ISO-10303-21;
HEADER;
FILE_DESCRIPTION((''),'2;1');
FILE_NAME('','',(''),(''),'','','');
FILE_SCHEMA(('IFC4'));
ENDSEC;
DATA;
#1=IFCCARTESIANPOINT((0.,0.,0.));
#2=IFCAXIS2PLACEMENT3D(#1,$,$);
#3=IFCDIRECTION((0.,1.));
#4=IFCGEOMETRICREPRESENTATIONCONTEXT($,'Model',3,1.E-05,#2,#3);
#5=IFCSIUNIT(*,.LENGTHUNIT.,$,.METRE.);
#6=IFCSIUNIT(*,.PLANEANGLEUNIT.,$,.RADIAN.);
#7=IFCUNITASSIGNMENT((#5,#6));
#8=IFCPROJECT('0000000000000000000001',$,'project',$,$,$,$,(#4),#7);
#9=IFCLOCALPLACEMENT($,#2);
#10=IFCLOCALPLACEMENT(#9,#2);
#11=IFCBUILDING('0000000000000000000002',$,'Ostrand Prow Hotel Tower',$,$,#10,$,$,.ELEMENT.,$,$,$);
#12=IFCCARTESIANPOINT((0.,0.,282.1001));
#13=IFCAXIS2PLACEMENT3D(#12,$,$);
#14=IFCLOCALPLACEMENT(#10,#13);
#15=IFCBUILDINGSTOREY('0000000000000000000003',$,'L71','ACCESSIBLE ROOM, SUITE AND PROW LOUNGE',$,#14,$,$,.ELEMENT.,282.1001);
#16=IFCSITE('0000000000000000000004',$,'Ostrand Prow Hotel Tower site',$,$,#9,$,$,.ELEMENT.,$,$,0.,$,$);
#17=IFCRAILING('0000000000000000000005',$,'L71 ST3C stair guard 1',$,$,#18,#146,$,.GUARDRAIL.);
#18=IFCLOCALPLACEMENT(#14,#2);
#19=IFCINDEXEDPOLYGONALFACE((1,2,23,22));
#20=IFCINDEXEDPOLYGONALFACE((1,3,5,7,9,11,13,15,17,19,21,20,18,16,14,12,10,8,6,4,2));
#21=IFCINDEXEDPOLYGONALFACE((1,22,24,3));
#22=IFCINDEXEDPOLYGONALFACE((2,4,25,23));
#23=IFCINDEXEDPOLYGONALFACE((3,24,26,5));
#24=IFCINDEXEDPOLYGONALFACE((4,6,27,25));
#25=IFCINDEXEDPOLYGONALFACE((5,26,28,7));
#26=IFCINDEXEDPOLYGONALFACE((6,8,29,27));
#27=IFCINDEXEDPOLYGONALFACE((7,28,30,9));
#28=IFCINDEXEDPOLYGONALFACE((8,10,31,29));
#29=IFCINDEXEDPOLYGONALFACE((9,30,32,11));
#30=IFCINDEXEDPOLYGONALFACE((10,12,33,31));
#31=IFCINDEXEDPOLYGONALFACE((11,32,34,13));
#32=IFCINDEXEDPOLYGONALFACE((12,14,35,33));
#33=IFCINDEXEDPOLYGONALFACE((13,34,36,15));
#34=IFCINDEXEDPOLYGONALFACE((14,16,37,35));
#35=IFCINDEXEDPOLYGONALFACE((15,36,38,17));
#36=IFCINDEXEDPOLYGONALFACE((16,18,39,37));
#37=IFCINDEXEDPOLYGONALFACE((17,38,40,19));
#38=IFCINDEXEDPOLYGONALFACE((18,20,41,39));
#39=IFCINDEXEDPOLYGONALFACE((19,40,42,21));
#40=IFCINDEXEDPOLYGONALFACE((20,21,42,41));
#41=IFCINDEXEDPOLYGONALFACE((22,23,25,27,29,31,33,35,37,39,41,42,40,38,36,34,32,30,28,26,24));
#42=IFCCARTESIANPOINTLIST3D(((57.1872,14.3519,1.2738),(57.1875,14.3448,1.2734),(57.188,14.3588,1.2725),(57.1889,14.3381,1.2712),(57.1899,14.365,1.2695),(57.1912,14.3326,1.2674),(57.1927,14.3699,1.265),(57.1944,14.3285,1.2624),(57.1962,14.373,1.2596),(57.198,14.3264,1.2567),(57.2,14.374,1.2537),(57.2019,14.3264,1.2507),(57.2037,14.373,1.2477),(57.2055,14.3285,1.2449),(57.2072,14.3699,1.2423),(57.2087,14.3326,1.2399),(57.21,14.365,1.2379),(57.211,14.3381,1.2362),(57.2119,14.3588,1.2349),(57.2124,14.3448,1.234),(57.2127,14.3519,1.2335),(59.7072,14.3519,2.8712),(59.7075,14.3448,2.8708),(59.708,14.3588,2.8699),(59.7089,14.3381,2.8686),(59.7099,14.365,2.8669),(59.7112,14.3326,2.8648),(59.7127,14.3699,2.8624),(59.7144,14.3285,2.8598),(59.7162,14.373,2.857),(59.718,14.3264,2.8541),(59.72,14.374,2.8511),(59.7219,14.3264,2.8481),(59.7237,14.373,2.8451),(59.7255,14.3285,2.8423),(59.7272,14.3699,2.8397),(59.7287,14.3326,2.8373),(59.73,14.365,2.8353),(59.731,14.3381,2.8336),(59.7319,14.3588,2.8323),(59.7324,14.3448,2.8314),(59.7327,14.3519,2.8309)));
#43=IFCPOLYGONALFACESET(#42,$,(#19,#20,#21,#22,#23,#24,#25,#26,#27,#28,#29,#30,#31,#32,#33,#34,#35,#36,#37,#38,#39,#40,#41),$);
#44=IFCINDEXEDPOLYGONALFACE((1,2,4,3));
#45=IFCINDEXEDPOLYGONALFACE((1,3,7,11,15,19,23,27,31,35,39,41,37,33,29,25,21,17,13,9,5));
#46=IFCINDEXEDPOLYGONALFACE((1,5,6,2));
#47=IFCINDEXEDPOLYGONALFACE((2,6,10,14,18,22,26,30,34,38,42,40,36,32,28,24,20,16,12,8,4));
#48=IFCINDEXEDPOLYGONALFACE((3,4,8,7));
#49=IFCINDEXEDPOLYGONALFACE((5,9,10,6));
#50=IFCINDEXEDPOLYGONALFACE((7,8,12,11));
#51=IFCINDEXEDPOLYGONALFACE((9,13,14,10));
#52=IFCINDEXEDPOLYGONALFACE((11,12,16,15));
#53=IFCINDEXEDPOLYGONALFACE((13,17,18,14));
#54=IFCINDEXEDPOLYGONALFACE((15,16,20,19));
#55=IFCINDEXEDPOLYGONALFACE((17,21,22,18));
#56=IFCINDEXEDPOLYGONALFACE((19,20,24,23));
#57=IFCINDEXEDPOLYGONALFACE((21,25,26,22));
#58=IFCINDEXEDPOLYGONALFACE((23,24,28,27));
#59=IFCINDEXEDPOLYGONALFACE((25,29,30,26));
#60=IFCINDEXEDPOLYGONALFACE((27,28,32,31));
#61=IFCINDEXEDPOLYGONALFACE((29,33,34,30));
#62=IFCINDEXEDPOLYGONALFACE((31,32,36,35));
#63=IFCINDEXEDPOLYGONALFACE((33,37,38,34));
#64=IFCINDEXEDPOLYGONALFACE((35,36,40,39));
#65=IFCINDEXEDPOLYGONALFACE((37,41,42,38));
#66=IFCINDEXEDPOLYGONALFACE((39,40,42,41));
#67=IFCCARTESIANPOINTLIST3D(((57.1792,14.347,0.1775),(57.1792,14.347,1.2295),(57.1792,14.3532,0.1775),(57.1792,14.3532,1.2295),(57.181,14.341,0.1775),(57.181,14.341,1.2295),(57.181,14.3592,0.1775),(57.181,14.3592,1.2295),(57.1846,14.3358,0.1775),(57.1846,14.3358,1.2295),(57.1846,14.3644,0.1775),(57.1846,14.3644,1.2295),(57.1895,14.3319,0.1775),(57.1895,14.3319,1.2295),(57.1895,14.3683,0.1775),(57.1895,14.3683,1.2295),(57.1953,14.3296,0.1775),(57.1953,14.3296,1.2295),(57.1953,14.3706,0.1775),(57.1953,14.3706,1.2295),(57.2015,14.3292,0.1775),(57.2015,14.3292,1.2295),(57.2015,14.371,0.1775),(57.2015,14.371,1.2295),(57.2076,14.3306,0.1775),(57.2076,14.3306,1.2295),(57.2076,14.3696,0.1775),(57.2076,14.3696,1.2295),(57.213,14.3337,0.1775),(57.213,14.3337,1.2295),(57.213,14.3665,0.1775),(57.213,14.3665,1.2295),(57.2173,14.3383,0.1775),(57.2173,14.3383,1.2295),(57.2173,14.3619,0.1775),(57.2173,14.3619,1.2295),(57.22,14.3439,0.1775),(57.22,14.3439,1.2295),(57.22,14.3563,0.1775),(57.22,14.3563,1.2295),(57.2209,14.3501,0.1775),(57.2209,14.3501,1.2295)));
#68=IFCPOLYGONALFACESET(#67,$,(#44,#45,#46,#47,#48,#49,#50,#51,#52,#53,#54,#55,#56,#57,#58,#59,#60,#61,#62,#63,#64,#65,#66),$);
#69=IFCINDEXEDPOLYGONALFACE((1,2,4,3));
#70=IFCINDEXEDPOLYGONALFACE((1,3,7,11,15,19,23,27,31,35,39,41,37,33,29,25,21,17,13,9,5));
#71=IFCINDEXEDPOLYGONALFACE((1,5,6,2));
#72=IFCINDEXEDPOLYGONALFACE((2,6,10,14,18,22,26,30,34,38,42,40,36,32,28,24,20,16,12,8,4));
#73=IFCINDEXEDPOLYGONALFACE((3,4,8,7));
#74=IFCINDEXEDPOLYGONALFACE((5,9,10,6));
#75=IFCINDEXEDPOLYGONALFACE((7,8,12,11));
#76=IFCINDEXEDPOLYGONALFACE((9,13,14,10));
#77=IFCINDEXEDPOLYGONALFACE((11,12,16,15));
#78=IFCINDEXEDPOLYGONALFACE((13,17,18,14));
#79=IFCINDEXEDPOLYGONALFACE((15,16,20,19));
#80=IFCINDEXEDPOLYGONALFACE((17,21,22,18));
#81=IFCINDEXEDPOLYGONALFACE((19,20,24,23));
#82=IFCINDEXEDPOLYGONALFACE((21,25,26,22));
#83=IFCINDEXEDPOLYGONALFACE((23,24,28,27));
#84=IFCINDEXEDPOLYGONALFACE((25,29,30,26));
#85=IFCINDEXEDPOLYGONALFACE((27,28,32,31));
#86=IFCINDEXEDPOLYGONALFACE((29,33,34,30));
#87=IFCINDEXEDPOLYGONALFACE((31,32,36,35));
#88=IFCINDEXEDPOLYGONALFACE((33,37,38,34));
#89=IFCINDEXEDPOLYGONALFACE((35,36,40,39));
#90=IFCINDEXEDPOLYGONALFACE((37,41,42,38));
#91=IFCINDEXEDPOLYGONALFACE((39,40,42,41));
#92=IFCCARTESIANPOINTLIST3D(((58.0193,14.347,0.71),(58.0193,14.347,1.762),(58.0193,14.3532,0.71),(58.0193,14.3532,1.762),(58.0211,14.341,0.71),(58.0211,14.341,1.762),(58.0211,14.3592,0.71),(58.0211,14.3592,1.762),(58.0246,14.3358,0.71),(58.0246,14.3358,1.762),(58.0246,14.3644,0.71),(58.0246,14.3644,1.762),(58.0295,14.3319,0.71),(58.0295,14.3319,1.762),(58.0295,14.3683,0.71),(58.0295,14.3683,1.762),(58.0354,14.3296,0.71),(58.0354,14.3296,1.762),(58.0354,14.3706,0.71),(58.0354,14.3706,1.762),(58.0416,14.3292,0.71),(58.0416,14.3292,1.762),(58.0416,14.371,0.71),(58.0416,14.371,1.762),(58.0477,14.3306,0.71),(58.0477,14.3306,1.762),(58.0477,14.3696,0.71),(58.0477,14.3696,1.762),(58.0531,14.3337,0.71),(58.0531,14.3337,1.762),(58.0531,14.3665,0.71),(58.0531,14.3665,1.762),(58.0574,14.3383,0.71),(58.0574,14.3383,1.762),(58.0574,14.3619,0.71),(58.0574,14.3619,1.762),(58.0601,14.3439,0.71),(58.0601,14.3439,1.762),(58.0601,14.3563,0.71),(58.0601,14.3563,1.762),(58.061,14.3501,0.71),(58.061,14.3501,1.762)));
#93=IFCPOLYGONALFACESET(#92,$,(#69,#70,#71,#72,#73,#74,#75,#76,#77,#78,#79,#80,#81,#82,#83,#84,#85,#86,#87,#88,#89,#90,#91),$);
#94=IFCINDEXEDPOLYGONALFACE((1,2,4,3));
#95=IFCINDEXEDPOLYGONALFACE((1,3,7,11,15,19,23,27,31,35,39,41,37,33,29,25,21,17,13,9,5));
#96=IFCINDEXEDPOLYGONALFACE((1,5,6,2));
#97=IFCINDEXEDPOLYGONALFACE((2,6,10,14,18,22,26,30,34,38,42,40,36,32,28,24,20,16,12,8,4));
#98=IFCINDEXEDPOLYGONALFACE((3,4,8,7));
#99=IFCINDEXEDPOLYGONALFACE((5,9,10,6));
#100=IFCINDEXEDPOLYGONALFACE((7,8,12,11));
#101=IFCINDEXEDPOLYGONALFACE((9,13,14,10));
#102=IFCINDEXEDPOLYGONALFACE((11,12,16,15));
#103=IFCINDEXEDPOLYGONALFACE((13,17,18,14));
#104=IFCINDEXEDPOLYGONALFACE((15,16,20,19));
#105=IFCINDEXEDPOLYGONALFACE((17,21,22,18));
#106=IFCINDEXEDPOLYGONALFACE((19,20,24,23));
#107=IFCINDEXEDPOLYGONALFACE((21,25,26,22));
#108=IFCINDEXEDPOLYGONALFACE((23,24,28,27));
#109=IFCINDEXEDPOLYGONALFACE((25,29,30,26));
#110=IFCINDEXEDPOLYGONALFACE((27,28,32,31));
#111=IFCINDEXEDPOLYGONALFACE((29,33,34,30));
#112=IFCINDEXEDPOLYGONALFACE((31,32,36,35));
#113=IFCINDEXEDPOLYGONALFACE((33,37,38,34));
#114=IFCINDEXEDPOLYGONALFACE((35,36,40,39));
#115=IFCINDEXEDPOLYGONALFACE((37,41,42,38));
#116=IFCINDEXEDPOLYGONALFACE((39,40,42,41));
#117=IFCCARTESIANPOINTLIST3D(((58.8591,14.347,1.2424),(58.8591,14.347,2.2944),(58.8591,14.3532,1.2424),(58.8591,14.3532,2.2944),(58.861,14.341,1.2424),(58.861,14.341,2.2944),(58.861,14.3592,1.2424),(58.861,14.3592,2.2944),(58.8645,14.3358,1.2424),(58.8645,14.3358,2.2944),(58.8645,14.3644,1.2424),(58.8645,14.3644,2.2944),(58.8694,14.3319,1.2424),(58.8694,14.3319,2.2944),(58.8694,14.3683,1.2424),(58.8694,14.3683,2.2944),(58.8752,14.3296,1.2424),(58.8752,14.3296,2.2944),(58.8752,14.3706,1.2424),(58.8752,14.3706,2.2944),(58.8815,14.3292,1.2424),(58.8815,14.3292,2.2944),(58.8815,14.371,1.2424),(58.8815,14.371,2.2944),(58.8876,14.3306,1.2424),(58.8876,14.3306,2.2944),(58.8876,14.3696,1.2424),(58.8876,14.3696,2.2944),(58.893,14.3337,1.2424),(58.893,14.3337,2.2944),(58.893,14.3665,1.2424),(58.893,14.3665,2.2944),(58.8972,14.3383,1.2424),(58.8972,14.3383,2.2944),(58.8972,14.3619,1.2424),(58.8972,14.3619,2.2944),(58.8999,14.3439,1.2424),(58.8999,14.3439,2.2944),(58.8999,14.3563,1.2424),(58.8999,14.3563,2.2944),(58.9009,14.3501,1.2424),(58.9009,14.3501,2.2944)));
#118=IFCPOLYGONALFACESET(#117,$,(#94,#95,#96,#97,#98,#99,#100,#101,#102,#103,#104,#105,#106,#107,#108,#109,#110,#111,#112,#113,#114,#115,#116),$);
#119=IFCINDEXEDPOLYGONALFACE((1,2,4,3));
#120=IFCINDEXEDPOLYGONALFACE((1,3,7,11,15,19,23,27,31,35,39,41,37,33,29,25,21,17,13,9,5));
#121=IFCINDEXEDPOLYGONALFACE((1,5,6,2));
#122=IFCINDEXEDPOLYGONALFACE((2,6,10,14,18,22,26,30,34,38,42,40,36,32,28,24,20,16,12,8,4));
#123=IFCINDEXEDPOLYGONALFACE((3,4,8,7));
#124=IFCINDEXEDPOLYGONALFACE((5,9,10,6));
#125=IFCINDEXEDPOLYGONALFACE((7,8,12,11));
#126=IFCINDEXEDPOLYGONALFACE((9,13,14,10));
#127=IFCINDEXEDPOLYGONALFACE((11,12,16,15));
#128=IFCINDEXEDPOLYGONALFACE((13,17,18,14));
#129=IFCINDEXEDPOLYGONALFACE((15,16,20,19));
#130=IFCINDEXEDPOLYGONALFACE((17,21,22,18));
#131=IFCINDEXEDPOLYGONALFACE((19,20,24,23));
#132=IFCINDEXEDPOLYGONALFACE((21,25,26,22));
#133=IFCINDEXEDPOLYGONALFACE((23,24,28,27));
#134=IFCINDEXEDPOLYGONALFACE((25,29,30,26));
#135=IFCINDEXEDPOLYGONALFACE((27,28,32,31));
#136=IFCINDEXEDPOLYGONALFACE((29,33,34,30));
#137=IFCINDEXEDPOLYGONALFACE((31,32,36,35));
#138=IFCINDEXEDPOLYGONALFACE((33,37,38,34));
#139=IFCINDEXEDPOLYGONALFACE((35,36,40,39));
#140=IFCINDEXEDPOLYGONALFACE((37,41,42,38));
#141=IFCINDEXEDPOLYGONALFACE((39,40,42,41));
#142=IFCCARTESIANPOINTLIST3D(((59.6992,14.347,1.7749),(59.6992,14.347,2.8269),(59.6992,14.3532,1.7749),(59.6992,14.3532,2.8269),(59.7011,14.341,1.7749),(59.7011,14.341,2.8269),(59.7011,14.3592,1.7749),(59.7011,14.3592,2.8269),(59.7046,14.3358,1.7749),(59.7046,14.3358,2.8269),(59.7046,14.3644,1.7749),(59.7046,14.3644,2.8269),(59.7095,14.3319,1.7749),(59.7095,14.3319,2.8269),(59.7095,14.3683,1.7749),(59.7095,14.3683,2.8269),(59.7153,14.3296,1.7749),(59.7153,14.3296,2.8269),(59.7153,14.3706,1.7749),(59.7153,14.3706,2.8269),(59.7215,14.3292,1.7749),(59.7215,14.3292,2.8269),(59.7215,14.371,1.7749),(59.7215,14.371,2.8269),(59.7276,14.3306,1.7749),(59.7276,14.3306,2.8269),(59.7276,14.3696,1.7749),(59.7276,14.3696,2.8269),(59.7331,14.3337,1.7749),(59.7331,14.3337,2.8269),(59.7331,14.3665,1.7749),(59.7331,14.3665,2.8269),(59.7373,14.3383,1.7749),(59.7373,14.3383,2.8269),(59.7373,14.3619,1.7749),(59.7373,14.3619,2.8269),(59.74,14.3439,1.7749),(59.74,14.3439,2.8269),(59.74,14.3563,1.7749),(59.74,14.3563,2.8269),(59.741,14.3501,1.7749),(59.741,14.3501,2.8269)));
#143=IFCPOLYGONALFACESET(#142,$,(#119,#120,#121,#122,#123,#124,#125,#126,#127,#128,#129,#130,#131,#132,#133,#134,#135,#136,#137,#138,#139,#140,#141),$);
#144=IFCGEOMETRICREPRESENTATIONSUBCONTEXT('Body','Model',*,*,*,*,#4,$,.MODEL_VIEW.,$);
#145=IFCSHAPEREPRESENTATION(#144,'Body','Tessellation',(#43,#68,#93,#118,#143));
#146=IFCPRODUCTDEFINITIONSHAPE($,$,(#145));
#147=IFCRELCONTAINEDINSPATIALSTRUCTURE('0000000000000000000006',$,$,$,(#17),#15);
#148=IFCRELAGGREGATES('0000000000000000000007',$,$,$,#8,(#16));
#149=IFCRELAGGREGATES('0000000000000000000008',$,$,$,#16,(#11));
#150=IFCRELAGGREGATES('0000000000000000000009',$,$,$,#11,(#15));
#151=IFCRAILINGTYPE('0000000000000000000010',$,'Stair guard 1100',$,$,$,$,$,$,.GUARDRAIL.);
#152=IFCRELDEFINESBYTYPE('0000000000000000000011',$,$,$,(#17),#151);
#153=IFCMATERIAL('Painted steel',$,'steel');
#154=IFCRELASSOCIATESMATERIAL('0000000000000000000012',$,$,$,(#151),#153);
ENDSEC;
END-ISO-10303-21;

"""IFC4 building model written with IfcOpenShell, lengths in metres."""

from ifc_helpers import new_model, si_unit, direction, frame, origin, origin_2d, place, context, subcontext, project, spatial, circle, extrude, material, type_object, element, save


model = new_model("IFC4")

# Units and contexts
model_context = context("Model", 3, precision=1e-05, world=origin(), true_north=direction((0.0, 1.0)))
body_context = subcontext(model_context, "Body", "Model", "MODEL_VIEW")
ifc_project = project(units=[si_unit("LENGTHUNIT", "METRE"), si_unit("PLANEANGLEUNIT", "RADIAN")], contexts=[model_context])

# Site, building, storey
site_placement = place(None, origin())
site = spatial("IfcSite", under=ifc_project, at=site_placement, Name="Ostrand Prow Hotel Tower site", CompositionType="ELEMENT", RefElevation=0.0)
building_placement = place(site_placement, origin())
building = spatial("IfcBuilding", under=site, at=building_placement, Name="Ostrand Prow Hotel Tower", CompositionType="ELEMENT")
storey_placement = place(building_placement, frame((0.0, 0.0, 282.1001)))
storey = spatial("IfcBuildingStorey", under=building, at=storey_placement, Name="L71", Description="ACCESSIBLE ROOM, SUITE AND PROW LOUNGE", CompositionType="ELEMENT", Elevation=282.1001)

# Railing
ifc_material_1 = material(Name="Painted steel", Category="steel")
railing_type_1 = type_object("IfcRailingType", Name="Stair guard 1100", PredefinedType="GUARDRAIL", material=ifc_material_1)
railing_1_placement = place(storey_placement, frame((57.2, 14.3501, 0.1775)))
element("IfcRailing", 1, at=railing_1_placement, inside=storey, type_object=railing_type_1, Name="L71 ST3C stair guard 1", PredefinedType="GUARDRAIL", context=body_context, shape_type="SweptSolid", body=[
    extrude(circle(Radius=0.0239, at=origin_2d()), frame((0.0, 0.0, 1.0762), z_axis=(0.844607, 0.0, 0.535387), x_axis=(0.0, 1.0, 0.0)), (0.0, 0.0, 1.0), 2.9836),
    extrude(circle(Radius=0.021, at=origin_2d()), origin(), (0.0, 0.0, 1.0), 1.052),
    extrude(circle(Radius=0.021, at=origin_2d()), frame((0.8401, 0.0, 0.5325)), (0.0, 0.0, 1.0), 1.052),
    extrude(circle(Radius=0.021, at=origin_2d()), frame((1.6799, 0.0, 1.0649)), (0.0, 0.0, 1.0), 1.052),
    extrude(circle(Radius=0.021, at=origin_2d()), frame((2.52, 0.0, 1.5974)), (0.0, 0.0, 1.0), 1.052),
])

save(model, "model.ifc")
